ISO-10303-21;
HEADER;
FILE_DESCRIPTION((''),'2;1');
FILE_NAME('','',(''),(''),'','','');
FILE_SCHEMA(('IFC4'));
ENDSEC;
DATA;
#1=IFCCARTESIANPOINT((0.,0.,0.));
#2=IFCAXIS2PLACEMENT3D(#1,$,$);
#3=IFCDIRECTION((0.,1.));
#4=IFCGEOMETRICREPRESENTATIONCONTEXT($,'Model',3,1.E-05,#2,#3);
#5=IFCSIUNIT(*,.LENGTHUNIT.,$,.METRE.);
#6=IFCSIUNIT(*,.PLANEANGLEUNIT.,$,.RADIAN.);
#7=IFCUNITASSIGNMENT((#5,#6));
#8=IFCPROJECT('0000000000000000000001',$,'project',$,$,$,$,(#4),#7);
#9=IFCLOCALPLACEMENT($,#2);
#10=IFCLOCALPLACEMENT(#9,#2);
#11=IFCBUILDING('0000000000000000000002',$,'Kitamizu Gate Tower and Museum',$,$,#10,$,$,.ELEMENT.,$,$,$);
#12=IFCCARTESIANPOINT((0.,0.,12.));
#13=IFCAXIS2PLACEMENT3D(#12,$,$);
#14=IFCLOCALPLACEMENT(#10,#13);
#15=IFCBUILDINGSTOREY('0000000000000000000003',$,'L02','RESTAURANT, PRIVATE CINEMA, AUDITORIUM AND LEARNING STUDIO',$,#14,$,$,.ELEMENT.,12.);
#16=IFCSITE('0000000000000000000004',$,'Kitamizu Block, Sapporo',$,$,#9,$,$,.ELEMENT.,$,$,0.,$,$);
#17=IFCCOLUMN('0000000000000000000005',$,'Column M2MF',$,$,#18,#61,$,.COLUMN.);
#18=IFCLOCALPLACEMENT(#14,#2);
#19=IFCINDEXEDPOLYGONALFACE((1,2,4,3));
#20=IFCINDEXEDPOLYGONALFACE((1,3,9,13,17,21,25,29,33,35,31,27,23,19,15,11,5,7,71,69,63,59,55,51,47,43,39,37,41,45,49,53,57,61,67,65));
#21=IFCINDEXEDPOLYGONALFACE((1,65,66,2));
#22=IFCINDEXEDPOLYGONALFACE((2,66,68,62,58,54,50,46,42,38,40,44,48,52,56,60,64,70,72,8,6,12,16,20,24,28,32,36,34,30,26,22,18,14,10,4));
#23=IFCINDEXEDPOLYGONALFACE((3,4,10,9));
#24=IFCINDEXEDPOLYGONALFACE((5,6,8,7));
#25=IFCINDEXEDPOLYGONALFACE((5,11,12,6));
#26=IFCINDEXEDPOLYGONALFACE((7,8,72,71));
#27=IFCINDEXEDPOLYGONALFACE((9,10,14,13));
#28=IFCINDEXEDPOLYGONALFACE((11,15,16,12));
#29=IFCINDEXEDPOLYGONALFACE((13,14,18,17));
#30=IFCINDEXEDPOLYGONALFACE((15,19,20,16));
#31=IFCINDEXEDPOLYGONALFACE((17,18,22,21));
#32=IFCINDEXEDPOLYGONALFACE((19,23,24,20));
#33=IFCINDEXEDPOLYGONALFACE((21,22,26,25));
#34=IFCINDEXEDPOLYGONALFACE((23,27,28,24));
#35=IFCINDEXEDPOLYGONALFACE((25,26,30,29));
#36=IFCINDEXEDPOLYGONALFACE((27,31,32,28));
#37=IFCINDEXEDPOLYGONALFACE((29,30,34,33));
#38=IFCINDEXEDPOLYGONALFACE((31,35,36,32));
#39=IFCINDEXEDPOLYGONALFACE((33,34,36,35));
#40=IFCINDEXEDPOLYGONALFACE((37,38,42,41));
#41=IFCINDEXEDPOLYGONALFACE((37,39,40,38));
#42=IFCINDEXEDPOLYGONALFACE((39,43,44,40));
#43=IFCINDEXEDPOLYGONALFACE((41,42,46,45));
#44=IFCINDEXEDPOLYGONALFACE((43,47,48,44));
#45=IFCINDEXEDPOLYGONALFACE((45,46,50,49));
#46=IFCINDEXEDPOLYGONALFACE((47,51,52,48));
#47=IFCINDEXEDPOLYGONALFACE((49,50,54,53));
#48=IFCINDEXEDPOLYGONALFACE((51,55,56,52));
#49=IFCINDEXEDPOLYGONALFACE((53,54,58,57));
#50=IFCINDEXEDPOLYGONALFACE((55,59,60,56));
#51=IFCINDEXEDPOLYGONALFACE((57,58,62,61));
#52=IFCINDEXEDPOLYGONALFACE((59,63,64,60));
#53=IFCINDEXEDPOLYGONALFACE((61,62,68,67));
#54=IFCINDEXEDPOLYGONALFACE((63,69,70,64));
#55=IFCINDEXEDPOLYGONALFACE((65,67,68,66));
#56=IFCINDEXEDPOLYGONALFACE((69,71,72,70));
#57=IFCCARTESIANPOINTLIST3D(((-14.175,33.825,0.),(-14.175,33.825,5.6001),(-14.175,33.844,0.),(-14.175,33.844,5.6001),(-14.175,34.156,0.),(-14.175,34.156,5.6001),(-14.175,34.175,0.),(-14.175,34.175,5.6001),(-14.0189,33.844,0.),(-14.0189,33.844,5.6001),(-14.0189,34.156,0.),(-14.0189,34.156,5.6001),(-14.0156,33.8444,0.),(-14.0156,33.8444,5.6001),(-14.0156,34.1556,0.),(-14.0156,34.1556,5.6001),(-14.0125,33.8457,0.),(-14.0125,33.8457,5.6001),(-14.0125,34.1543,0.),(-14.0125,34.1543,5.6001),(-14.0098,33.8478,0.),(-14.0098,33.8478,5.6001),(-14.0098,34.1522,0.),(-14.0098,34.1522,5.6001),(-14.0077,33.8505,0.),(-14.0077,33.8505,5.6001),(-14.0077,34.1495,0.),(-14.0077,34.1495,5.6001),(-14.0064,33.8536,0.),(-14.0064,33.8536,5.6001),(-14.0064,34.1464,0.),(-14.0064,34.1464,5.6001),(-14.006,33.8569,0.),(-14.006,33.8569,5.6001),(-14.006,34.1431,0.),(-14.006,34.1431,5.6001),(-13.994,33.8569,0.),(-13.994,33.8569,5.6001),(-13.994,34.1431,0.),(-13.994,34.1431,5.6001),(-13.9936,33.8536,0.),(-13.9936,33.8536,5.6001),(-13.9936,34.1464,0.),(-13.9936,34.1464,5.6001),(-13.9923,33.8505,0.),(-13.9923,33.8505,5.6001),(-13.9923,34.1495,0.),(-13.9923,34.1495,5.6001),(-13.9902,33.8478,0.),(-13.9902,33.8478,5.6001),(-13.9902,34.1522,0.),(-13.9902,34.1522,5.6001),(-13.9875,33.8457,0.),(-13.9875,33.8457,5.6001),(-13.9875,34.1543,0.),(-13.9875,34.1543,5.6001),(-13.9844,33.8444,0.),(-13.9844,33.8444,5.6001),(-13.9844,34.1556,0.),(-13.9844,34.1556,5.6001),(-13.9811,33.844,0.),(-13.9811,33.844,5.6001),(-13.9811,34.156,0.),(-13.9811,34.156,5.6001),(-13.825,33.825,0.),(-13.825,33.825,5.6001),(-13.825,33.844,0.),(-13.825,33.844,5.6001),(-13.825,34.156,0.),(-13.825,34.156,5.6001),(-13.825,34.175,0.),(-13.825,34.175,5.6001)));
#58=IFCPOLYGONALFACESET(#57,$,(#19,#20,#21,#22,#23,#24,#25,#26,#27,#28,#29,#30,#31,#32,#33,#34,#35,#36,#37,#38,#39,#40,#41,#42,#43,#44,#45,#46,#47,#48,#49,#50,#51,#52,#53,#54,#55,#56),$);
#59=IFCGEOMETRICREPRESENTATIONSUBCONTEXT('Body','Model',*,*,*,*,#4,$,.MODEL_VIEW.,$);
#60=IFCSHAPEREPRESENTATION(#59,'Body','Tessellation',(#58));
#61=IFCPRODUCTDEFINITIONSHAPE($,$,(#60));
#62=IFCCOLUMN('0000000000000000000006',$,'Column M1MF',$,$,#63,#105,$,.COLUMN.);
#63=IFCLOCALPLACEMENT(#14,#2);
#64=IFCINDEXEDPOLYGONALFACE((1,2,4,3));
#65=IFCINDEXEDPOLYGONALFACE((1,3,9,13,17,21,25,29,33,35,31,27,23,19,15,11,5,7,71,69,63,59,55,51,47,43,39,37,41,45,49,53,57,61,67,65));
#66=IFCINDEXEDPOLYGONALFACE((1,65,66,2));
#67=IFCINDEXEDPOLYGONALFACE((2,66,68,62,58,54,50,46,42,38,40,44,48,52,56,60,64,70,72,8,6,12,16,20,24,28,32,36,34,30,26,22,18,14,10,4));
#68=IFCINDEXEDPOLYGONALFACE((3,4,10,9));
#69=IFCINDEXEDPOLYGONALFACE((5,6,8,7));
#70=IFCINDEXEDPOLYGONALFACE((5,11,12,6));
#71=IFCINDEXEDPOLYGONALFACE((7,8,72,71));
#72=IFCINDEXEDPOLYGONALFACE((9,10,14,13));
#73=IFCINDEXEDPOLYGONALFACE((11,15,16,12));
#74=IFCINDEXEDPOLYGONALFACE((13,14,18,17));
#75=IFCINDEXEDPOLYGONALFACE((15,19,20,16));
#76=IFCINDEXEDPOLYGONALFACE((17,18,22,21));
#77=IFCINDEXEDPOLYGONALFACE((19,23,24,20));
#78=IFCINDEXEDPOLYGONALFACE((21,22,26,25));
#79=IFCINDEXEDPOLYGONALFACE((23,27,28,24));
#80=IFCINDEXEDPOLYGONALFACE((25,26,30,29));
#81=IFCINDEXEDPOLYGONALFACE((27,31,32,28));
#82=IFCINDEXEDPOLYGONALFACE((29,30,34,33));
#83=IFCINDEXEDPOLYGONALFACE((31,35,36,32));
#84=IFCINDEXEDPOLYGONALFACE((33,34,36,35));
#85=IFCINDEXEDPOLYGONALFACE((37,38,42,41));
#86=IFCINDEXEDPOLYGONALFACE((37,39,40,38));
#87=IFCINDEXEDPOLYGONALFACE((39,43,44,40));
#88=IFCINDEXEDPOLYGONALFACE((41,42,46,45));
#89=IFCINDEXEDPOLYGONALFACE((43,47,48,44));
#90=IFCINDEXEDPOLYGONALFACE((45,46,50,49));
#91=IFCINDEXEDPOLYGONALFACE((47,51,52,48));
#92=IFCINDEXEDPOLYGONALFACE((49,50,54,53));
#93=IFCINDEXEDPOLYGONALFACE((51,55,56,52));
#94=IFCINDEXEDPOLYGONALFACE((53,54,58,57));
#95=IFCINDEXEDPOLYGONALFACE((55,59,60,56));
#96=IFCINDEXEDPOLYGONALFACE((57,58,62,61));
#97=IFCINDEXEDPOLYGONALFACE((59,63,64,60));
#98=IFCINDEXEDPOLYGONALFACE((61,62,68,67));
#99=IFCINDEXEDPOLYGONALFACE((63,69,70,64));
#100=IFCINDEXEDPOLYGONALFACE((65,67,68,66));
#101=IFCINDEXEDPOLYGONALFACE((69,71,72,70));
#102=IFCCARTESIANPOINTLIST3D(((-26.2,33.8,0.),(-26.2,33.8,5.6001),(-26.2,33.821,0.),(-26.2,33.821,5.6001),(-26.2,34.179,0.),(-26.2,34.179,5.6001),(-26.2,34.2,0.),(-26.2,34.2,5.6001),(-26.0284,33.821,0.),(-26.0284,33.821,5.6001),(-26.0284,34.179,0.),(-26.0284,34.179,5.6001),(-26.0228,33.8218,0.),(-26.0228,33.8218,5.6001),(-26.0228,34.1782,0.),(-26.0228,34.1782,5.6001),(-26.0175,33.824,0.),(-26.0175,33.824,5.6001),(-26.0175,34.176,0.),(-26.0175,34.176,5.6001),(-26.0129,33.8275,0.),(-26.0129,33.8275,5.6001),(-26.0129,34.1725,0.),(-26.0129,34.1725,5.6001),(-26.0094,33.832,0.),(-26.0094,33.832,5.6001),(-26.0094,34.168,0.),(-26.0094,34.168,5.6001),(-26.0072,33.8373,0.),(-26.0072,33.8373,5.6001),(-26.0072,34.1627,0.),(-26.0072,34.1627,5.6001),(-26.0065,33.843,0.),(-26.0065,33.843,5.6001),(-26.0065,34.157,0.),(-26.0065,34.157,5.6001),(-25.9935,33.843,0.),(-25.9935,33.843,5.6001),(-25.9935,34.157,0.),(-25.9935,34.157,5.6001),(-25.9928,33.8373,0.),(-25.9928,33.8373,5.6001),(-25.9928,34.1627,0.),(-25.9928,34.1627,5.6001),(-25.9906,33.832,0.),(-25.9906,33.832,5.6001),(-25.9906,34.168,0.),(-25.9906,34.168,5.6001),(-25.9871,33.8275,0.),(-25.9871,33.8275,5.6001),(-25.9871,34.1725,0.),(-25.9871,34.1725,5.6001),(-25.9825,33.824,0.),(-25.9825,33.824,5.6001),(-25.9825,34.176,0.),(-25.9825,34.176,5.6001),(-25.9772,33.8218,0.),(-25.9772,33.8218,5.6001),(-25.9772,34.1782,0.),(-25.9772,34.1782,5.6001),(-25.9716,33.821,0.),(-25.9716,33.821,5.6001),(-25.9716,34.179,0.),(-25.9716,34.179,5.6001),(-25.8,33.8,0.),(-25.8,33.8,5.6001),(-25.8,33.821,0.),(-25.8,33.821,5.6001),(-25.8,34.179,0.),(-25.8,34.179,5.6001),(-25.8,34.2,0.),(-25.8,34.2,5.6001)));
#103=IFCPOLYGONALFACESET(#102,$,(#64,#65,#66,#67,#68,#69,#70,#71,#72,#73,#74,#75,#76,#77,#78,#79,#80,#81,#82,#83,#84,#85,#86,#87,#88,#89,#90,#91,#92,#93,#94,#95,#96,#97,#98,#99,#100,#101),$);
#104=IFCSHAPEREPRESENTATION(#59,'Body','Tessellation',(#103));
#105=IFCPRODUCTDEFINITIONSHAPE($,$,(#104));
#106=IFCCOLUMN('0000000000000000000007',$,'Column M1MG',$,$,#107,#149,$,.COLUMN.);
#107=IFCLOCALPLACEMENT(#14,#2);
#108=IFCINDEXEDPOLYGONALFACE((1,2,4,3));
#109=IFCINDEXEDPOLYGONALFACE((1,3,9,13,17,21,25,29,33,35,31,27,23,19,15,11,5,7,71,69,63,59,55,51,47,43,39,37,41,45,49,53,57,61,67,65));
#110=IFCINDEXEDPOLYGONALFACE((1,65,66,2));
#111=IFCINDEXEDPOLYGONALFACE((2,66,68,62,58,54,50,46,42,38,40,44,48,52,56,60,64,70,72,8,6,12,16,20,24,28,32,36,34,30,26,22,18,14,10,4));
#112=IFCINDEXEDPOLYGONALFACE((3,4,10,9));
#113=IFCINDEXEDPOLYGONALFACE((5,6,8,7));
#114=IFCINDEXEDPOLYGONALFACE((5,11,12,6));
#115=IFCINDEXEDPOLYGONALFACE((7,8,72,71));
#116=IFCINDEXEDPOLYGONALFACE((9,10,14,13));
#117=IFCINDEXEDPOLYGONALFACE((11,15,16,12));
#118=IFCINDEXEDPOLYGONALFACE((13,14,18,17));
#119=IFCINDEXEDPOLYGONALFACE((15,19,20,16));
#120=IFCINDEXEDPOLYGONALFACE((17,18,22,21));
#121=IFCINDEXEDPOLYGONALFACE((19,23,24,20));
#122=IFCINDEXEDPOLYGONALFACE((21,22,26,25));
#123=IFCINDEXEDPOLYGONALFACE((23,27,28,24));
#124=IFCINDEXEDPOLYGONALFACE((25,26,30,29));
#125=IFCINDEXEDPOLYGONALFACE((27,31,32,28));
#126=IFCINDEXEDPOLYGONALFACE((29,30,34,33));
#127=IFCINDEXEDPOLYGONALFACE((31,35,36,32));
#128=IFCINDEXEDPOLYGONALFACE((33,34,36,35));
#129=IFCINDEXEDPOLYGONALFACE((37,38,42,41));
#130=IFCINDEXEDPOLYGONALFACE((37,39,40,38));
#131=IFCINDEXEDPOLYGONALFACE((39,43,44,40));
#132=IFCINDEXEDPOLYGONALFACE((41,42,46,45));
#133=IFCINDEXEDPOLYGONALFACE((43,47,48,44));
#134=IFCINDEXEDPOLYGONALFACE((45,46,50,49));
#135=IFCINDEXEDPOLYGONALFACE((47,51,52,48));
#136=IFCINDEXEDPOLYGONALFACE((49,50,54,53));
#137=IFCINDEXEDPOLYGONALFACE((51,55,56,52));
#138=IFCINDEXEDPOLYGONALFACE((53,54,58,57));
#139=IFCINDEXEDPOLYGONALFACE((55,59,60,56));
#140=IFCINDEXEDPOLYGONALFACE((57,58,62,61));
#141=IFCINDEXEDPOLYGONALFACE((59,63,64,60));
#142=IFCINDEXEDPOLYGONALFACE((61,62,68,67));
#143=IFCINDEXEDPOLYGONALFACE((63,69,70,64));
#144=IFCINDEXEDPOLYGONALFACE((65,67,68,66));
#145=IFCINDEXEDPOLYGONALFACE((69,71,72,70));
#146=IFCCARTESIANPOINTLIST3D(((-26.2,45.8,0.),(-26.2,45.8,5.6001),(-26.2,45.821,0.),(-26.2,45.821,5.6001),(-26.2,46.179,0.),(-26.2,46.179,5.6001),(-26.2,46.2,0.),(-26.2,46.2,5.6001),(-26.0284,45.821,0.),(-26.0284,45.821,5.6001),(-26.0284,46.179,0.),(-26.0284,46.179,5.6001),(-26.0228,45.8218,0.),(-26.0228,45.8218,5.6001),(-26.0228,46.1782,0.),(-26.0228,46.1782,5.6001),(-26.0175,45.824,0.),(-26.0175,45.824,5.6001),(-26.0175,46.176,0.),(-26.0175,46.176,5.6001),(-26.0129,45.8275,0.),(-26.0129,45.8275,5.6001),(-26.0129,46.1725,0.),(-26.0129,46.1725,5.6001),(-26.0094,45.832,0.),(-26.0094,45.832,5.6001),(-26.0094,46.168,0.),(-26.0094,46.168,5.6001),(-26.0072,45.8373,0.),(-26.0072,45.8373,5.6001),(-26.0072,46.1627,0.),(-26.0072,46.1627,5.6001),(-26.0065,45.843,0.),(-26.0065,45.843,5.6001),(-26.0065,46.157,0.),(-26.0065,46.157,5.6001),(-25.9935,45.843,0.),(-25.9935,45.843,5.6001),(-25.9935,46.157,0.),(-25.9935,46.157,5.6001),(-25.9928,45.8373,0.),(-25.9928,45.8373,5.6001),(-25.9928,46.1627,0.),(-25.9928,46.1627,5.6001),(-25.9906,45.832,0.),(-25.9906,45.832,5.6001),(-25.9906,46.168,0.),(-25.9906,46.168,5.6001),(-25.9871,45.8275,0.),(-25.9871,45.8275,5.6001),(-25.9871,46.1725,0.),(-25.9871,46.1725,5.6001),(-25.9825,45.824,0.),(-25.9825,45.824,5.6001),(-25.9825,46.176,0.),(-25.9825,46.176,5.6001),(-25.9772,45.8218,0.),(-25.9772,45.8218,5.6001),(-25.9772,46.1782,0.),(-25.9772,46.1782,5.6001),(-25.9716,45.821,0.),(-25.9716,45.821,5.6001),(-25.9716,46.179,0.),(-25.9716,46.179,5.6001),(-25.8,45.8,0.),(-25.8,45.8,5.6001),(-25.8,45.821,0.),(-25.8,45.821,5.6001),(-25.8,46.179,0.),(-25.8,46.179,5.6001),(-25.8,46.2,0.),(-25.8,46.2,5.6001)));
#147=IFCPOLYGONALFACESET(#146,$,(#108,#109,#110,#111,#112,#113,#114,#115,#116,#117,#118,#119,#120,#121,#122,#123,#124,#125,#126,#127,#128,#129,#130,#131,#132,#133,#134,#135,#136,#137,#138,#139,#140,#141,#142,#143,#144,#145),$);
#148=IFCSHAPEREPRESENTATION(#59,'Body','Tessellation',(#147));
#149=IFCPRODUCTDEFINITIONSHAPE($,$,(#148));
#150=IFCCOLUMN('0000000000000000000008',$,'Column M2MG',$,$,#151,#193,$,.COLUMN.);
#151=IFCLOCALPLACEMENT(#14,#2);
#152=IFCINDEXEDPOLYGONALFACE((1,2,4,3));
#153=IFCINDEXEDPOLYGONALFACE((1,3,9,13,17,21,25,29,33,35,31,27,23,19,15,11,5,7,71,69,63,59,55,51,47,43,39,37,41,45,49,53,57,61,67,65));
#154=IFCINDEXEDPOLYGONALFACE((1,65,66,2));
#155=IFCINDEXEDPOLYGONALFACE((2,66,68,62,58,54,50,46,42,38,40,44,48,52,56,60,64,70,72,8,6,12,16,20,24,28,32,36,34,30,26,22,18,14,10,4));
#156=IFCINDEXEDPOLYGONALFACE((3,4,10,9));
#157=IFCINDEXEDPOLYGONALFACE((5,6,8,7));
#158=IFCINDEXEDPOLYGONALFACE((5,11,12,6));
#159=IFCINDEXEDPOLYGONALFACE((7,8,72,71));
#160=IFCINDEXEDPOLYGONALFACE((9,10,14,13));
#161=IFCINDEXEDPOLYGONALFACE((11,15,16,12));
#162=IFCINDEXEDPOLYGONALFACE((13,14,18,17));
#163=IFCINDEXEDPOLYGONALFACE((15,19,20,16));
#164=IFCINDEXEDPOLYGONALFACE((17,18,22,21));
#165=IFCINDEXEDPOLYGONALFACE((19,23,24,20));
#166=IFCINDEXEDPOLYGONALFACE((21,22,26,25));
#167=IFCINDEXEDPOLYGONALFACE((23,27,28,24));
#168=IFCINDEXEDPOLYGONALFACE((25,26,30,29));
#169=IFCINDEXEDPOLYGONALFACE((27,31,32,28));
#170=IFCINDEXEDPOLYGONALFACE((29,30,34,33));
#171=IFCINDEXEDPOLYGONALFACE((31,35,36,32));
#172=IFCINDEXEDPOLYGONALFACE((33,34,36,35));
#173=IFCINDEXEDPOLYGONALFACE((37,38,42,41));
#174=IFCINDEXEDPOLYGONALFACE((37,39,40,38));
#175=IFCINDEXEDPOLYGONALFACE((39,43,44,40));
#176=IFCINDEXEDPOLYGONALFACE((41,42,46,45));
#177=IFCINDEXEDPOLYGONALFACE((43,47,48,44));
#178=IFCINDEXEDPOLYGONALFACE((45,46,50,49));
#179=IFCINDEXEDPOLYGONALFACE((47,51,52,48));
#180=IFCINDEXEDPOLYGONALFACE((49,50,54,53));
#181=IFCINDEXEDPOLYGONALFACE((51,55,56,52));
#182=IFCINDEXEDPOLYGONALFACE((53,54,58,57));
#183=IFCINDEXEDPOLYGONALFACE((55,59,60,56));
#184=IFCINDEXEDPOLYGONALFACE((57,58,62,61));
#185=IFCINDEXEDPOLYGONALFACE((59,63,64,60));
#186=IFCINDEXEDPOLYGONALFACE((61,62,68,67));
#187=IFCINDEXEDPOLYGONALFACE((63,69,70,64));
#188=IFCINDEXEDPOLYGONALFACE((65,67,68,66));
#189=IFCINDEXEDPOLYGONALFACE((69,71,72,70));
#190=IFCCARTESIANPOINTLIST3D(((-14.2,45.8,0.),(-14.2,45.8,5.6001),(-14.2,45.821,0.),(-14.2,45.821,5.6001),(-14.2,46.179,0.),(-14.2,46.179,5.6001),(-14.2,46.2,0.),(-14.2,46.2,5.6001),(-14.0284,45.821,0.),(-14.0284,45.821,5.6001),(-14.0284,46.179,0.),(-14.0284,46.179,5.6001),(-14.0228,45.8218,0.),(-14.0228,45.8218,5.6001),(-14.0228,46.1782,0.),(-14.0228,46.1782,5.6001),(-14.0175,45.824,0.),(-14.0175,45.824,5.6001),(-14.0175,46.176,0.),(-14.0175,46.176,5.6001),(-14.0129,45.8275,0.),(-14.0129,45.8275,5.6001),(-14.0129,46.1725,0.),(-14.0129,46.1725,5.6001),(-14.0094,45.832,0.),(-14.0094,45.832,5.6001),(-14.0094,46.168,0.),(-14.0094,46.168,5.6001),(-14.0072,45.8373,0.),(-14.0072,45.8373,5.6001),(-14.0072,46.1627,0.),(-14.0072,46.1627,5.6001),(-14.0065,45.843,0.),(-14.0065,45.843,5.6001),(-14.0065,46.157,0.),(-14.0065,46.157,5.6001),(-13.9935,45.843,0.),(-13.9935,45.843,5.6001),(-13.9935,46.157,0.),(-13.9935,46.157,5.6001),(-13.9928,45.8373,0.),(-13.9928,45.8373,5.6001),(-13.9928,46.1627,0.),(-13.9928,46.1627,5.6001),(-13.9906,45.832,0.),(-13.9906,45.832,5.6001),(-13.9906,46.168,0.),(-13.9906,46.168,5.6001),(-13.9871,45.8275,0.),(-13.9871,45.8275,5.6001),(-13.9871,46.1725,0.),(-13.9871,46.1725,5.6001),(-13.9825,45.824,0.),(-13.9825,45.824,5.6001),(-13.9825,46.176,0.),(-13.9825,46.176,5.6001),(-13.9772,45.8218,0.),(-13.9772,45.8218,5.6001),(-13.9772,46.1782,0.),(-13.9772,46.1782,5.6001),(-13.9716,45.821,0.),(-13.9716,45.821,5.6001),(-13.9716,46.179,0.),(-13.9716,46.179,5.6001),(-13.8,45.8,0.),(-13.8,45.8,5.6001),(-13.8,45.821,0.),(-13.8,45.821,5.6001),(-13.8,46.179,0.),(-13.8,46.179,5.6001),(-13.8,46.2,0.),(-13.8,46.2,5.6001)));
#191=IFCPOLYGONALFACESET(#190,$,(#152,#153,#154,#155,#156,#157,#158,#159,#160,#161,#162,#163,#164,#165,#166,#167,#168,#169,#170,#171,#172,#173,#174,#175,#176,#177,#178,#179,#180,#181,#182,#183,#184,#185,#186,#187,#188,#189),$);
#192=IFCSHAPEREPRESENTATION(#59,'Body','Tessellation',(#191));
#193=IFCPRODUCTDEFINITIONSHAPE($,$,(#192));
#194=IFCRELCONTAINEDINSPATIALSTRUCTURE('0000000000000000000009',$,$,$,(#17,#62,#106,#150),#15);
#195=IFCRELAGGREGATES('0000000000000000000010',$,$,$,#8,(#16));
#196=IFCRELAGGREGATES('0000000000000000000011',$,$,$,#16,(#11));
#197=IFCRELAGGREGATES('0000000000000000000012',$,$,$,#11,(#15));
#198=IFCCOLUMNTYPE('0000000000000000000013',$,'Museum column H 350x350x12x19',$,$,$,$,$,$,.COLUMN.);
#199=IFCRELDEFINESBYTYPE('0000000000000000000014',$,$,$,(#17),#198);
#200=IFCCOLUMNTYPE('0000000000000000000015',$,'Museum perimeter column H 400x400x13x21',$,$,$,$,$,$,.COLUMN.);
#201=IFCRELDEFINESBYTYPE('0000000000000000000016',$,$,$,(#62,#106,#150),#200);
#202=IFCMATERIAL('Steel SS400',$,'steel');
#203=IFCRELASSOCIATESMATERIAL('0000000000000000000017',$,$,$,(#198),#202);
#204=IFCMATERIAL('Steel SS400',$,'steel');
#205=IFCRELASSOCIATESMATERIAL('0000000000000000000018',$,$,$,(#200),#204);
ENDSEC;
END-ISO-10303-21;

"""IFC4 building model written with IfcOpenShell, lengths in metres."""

from ifc_helpers import new_model, si_unit, direction, frame, origin, origin_2d, place, context, subcontext, project, spatial, i_section, extrude, material, material_profile, profile_set, type_object, element, save


model = new_model("IFC4")

# Units and contexts
model_context = context("Model", 3, precision=1e-05, world=origin(), true_north=direction((0.0, 1.0)))
body_context = subcontext(model_context, "Body", "Model", "MODEL_VIEW")
ifc_project = project(units=[si_unit("LENGTHUNIT", "METRE"), si_unit("PLANEANGLEUNIT", "RADIAN")], contexts=[model_context])

# Site, building, storey
site_placement = place(None, origin())
site = spatial("IfcSite", under=ifc_project, at=site_placement, Name="Kitamizu Block, Sapporo", CompositionType="ELEMENT", RefElevation=0.0)
building_placement = place(site_placement, origin())
building = spatial("IfcBuilding", under=site, at=building_placement, Name="Kitamizu Gate Tower and Museum", CompositionType="ELEMENT")
storey_placement = place(building_placement, frame((0.0, 0.0, 12.0)))
storey = spatial("IfcBuildingStorey", under=building, at=storey_placement, Name="L02", Description="RESTAURANT, PRIVATE CINEMA, AUDITORIUM AND LEARNING STUDIO", CompositionType="ELEMENT", Elevation=12.0)

# Columns
ifc_material_1 = material(Name="Steel SS400", Category="steel")
ifc_material_profile_1 = material_profile(ifc_material_1, i_section(OverallWidth=0.3501, OverallDepth=0.3501, WebThickness=0.012, FlangeThickness=0.019, FilletRadius=0.0129, at=origin_2d()), Name="H-350x350x12x19")
ifc_profile_set_1 = profile_set([ifc_material_profile_1], Name="Steel SS400")
column_type_1 = type_object("IfcColumnType", Name="Museum column H 350x350x12x19", PredefinedType="COLUMN", material=ifc_profile_set_1)
column_placement = place(storey_placement, frame((-14.0, 34.0, 0.0), z_axis=(0.0, 0.0, 1.0), x_axis=(1.0, 0.0, 0.0)))
element("IfcColumn", 1, at=column_placement, inside=storey, type_object=column_type_1, Name="Column M2MF", PredefinedType="COLUMN", context=body_context, shape_type="SweptSolid", body=[
    extrude(i_section(OverallWidth=0.3501, OverallDepth=0.3501, WebThickness=0.012, FlangeThickness=0.019, FilletRadius=0.0129, at=origin_2d()), origin(), (0.0, 0.0, 1.0), 5.6001),
])
ifc_material_2 = material(Name="Steel SS400", Category="steel")
ifc_material_profile_2 = material_profile(ifc_material_2, i_section(OverallWidth=0.3999, OverallDepth=0.3999, WebThickness=0.0129, FlangeThickness=0.021, FilletRadius=0.022, at=origin_2d()), Name="H-400x400x13x21")
ifc_profile_set_2 = profile_set([ifc_material_profile_2], Name="Steel SS400")
column_type_2 = type_object("IfcColumnType", Name="Museum perimeter column H 400x400x13x21", PredefinedType="COLUMN", material=ifc_profile_set_2)
for number, where, z_axis, x_axis, name in (
    (2, (-26.0, 34.0, 0.0), (0.0, 0.0, 1.0), (1.0, 0.0, 0.0), "Column M1MF"),
    (3, (-26.0, 46.0, 0.0), (0.0, 0.0, 1.0), (1.0, 0.0, 0.0), "Column M1MG"),
    (4, (-14.0, 46.0, 0.0), (0.0, 0.0, 1.0), (1.0, 0.0, 0.0), "Column M2MG"),
):
    element("IfcColumn", number, at=place(storey_placement, frame(where, z_axis=z_axis, x_axis=x_axis)), inside=storey, type_object=column_type_2, Name=name, PredefinedType="COLUMN", context=body_context, shape_type="SweptSolid", body=[
        extrude(i_section(OverallWidth=0.3999, OverallDepth=0.3999, WebThickness=0.0129, FlangeThickness=0.021, FilletRadius=0.022, at=origin_2d()), origin(), (0.0, 0.0, 1.0), 5.6001),
    ])

save(model, "model.ifc")
